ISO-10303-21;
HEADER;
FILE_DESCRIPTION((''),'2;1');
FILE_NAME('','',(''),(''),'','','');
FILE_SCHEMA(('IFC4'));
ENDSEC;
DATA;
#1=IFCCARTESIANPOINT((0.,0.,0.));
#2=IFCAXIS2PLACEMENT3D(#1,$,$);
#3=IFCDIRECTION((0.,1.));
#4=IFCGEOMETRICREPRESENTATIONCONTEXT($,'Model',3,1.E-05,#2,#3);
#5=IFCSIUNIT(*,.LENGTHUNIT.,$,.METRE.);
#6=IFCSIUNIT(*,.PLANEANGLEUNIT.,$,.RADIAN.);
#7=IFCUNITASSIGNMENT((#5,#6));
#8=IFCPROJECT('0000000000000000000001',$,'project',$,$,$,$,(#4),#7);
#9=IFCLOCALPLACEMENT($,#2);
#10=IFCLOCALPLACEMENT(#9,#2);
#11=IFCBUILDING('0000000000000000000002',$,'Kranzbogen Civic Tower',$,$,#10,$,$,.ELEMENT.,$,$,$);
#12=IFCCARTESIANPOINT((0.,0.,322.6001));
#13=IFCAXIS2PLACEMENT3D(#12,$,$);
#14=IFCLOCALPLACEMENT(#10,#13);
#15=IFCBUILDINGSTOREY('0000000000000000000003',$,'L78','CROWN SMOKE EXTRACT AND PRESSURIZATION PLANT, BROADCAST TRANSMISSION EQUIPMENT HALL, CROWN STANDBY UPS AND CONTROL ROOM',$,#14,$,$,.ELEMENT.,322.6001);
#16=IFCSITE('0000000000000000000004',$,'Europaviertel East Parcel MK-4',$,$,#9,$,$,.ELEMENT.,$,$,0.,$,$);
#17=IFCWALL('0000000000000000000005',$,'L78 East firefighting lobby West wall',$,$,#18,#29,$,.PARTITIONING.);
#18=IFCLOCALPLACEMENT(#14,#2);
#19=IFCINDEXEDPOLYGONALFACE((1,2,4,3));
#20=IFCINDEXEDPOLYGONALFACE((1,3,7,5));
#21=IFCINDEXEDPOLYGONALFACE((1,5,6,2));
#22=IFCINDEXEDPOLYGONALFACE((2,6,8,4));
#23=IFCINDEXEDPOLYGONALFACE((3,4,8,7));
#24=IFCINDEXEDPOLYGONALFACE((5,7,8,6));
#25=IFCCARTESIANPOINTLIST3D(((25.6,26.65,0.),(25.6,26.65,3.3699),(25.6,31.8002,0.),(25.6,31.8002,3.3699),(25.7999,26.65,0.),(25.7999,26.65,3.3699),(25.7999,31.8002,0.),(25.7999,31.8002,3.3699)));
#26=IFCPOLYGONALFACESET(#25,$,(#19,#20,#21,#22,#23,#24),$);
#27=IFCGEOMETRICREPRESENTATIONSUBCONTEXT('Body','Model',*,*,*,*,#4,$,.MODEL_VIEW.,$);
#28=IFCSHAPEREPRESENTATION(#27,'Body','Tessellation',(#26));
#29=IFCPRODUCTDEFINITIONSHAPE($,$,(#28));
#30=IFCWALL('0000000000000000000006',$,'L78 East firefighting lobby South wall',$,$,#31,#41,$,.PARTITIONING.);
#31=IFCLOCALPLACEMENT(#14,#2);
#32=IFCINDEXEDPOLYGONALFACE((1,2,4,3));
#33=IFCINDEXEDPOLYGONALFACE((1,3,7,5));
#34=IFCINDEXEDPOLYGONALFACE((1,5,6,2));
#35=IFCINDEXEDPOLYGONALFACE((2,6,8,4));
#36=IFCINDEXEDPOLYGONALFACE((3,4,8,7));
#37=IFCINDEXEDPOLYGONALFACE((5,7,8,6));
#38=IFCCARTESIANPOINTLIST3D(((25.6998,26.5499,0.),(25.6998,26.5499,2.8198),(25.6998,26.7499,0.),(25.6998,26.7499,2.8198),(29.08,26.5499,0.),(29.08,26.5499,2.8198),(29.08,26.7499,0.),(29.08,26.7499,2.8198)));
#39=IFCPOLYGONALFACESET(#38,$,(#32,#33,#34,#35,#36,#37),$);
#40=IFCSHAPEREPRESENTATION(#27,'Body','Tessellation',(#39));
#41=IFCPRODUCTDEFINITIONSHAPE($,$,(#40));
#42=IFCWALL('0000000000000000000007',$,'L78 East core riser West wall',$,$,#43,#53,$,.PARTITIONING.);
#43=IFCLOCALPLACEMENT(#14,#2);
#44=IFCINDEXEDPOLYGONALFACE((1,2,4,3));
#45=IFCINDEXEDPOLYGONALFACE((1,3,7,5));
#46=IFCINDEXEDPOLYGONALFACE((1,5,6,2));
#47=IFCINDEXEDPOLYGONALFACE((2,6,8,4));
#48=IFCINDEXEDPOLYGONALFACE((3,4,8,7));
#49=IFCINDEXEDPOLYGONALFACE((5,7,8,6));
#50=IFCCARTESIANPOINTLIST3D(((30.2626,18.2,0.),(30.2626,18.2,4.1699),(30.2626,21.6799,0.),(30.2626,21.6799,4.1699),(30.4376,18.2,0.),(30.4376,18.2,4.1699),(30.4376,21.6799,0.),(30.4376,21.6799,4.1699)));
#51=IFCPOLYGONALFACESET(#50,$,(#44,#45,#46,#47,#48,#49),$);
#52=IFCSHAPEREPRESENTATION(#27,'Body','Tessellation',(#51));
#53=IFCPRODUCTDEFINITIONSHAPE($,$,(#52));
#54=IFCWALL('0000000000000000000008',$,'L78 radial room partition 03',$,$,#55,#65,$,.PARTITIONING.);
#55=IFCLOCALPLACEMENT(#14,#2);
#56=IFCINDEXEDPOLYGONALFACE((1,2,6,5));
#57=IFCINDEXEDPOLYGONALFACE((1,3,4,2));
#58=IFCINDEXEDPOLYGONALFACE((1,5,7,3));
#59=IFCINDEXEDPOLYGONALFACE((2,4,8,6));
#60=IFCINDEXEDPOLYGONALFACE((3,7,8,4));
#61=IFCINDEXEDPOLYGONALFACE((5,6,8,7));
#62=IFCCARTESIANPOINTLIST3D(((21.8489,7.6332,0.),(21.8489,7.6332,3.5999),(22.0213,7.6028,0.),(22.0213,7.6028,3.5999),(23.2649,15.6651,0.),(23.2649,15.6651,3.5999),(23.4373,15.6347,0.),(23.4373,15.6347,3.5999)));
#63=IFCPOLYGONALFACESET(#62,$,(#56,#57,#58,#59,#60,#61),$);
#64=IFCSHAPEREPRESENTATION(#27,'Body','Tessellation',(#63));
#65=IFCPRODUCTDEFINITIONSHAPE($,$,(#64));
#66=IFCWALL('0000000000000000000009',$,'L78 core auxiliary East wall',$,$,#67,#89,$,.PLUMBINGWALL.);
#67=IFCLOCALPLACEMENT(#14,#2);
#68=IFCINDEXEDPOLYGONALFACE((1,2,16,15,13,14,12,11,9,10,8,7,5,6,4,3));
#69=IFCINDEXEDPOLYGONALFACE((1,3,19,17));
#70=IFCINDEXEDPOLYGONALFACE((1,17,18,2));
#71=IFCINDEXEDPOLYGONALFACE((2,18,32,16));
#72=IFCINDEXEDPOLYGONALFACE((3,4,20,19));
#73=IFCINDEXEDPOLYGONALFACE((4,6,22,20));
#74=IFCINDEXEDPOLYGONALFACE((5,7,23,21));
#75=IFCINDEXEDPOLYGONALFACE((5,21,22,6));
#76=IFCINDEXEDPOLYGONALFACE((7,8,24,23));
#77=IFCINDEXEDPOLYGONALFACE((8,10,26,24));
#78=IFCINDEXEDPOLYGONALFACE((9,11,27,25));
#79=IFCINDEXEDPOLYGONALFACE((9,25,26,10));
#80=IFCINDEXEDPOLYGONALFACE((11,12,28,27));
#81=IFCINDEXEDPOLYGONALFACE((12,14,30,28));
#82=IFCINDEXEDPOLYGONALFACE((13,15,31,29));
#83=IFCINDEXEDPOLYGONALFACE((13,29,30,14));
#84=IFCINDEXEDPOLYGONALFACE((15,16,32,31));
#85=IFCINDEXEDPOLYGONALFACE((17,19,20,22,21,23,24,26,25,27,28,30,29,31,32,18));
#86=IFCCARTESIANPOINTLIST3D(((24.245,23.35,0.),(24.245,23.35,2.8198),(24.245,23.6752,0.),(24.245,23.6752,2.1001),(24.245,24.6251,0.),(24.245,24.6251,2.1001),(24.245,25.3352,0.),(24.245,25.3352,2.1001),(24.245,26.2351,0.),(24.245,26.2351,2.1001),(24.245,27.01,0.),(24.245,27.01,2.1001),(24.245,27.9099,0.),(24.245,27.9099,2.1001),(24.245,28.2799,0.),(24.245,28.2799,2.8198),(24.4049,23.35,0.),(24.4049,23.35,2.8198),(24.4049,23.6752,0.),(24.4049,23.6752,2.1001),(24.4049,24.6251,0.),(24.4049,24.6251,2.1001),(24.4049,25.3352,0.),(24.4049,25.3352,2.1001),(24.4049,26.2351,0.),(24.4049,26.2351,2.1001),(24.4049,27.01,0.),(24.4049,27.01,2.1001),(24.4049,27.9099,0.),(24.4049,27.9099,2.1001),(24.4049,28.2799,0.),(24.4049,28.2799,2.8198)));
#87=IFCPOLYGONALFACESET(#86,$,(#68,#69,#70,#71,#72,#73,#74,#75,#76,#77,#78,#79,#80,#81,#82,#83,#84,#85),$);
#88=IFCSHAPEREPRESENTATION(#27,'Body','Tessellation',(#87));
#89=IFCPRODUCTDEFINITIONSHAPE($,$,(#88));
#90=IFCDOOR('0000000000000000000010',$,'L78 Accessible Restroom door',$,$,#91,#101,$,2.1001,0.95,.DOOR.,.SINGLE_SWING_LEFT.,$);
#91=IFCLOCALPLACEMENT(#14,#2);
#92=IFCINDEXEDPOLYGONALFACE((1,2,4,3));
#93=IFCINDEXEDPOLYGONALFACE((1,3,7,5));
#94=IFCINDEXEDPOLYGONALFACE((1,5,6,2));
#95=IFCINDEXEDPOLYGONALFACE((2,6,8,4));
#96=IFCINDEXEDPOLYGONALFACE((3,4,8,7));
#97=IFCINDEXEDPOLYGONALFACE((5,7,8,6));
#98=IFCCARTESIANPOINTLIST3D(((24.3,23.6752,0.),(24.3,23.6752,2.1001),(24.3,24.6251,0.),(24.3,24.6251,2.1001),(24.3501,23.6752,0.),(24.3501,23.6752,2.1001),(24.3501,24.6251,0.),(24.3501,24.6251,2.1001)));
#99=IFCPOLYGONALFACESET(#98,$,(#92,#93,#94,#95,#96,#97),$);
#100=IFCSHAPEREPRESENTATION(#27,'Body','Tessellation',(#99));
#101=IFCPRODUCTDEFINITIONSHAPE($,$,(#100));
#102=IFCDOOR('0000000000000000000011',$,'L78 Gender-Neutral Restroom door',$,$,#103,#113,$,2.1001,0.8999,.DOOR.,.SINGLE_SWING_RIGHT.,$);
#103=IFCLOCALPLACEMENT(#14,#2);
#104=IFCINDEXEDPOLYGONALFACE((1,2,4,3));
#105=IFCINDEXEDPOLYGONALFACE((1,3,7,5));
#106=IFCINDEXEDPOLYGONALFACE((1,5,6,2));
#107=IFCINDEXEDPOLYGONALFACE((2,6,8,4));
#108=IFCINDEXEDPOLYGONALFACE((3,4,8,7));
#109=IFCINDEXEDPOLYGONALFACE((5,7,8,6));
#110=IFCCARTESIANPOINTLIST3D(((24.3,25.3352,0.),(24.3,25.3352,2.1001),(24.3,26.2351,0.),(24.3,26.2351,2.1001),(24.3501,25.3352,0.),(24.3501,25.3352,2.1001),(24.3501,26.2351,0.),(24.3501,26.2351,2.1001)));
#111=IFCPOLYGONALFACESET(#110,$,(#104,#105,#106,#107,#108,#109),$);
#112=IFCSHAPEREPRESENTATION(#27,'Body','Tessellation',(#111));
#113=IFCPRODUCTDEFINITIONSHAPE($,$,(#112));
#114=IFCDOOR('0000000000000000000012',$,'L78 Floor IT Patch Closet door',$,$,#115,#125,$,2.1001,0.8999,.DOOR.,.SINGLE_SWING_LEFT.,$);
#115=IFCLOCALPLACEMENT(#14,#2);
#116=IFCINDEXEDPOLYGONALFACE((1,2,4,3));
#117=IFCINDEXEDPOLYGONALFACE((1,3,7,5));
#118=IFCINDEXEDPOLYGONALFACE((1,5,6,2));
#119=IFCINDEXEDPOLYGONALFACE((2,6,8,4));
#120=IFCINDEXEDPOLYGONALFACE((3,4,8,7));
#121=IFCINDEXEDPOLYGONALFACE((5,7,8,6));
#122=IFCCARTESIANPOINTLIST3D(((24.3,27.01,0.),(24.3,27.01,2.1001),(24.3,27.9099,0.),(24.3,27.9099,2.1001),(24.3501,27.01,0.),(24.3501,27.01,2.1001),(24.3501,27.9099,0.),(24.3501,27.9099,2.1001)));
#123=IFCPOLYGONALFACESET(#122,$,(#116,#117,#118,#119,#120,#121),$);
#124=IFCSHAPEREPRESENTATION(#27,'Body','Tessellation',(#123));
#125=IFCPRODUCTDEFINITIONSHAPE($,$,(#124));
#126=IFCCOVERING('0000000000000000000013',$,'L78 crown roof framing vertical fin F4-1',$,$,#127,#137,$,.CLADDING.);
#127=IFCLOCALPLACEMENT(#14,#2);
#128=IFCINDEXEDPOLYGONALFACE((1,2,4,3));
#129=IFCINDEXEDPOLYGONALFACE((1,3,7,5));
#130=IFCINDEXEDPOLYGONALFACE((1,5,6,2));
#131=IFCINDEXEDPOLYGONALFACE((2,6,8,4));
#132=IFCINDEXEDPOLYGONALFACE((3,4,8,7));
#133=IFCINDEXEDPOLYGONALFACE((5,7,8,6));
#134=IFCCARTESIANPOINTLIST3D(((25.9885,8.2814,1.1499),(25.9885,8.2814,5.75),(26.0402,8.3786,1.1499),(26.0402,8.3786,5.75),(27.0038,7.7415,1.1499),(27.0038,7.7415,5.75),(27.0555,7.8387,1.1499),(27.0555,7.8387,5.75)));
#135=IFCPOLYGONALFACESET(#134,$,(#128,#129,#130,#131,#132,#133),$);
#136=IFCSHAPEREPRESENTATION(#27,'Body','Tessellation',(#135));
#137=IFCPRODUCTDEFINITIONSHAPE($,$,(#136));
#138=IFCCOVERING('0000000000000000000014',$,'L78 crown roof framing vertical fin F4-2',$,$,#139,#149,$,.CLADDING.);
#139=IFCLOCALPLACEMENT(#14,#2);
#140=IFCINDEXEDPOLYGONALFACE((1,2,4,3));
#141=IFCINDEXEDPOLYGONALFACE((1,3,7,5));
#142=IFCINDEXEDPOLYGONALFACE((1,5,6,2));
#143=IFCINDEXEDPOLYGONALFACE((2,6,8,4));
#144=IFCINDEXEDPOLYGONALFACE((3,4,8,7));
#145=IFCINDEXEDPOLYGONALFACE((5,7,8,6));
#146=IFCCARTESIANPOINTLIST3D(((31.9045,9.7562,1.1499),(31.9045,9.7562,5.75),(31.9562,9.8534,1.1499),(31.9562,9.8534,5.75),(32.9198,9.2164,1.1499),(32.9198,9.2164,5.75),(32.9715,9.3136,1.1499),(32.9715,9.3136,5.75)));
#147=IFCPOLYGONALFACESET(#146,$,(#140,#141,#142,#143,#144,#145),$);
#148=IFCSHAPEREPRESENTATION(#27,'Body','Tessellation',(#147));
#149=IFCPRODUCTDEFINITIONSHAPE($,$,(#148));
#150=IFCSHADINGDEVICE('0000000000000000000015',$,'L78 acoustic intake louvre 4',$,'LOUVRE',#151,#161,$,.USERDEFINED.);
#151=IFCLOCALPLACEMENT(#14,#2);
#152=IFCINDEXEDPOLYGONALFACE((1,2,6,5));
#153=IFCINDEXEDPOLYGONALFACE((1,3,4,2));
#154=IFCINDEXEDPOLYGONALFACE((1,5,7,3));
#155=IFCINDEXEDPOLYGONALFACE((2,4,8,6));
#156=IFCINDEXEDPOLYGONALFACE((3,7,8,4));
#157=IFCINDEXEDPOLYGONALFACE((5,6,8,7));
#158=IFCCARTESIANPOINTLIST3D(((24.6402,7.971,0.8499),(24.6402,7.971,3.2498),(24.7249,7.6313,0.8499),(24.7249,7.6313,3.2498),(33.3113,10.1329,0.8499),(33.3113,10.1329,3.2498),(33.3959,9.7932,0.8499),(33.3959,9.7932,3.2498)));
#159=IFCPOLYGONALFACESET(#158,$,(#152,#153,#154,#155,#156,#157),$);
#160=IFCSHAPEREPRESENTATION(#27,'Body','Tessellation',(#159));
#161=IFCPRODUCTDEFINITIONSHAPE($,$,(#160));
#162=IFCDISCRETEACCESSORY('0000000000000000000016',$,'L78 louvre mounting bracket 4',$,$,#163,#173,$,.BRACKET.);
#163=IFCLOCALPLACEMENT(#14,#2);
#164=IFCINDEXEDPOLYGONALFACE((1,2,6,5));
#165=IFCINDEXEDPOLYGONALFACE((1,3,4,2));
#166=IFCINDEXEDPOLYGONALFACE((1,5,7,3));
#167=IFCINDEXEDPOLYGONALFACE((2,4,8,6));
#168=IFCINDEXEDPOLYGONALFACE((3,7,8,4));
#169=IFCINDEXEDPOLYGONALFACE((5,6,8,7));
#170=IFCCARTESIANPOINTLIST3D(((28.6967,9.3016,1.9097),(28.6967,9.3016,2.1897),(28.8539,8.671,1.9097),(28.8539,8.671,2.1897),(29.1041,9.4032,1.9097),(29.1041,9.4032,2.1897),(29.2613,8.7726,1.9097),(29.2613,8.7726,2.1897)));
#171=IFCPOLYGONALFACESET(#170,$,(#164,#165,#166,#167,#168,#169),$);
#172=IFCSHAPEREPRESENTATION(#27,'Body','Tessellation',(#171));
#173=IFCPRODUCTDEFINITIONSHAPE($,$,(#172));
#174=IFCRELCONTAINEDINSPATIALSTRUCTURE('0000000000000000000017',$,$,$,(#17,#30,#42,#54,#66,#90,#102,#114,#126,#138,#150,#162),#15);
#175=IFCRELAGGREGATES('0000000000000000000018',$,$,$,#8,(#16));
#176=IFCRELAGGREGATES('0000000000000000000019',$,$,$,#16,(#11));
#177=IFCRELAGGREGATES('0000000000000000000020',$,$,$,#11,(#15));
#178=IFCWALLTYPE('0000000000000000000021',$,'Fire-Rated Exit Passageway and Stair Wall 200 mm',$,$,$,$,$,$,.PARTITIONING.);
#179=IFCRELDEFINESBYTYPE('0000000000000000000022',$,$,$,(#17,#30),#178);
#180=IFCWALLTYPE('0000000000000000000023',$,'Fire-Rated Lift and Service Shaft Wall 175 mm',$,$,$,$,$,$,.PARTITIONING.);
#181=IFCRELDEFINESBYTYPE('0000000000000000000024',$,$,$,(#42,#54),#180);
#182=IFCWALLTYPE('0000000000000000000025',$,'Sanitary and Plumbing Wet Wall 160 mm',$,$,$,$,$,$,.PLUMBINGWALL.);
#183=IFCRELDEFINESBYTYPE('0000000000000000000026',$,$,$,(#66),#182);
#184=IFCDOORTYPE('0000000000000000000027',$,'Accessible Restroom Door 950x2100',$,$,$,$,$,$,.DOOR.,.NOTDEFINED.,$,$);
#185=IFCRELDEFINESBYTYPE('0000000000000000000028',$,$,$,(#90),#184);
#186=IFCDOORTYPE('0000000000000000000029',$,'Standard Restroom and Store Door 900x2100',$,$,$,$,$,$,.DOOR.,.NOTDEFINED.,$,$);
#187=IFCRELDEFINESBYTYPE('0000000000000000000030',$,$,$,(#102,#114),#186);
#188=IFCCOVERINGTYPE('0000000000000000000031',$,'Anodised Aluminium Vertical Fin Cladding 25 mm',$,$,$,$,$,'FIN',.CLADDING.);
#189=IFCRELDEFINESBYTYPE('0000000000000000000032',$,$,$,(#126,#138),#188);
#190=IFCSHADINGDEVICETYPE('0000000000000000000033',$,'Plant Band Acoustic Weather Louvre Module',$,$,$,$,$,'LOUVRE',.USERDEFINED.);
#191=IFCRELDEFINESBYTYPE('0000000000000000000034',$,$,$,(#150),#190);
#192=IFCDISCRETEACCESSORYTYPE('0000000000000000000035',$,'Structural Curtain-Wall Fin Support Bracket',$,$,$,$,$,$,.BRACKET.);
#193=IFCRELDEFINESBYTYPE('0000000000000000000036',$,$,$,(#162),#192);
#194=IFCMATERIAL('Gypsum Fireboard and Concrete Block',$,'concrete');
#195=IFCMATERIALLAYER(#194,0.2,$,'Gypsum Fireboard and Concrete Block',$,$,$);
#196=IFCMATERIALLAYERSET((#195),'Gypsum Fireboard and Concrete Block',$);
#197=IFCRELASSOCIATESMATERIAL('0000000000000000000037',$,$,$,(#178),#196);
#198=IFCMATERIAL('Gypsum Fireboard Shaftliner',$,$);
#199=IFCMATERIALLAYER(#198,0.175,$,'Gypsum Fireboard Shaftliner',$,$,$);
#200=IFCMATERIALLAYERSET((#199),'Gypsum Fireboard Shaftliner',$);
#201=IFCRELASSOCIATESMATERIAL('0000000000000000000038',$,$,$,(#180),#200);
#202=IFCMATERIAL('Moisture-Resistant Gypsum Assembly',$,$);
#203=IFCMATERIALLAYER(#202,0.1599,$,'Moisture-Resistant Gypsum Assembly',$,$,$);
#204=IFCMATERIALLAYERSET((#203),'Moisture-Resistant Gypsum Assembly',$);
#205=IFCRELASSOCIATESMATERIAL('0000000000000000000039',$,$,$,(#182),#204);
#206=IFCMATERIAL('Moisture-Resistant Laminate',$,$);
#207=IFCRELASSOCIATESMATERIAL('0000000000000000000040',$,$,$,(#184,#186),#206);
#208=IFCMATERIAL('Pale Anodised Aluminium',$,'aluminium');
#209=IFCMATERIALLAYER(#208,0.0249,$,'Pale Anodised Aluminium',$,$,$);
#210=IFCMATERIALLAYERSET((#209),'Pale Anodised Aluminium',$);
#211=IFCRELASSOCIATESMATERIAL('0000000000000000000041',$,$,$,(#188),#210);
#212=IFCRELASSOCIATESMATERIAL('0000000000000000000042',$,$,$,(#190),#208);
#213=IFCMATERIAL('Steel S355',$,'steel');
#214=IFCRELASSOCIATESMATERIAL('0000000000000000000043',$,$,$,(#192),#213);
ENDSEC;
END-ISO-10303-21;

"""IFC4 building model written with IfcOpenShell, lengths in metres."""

from ifc_helpers import new_model, si_unit, direction, frame, frame_2d, origin, origin_2d, place, context, subcontext, project, spatial, rectangle, extrude, material, layer, layer_set, type_object, element, fill, save


model = new_model("IFC4")

# Units and contexts
model_context = context("Model", 3, precision=1e-05, world=origin(), true_north=direction((0.0, 1.0)))
body_context = subcontext(model_context, "Body", "Model", "MODEL_VIEW")
ifc_project = project(units=[si_unit("LENGTHUNIT", "METRE"), si_unit("PLANEANGLEUNIT", "RADIAN")], contexts=[model_context])

# Site, building, storey
site_placement = place(None, origin())
site = spatial("IfcSite", under=ifc_project, at=site_placement, Name="Europaviertel East Parcel MK-4", CompositionType="ELEMENT", RefElevation=0.0)
building_placement = place(site_placement, origin())
building = spatial("IfcBuilding", under=site, at=building_placement, Name="Kranzbogen Civic Tower", CompositionType="ELEMENT")
storey_placement = place(building_placement, frame((0.0, 0.0, 322.6001)))
storey = spatial("IfcBuildingStorey", under=building, at=storey_placement, Name="L78", Description="CROWN SMOKE EXTRACT AND PRESSURIZATION PLANT, BROADCAST TRANSMISSION EQUIPMENT HALL, CROWN STANDBY UPS AND CONTROL ROOM", CompositionType="ELEMENT", Elevation=322.6001)

# Shared definitions
ifc_material_1 = material(Name="Steel S355", Category="steel")

# Walls
ifc_material_2 = material(Name="Gypsum Fireboard and Concrete Block", Category="concrete")
ifc_layer_1 = layer(ifc_material_2, 0.2, Name="Gypsum Fireboard and Concrete Block")
ifc_layer_set_1 = layer_set([ifc_layer_1], Name="Gypsum Fireboard and Concrete Block")
wall_type_1 = type_object("IfcWallType", Name="Fire-Rated Exit Passageway and Stair Wall 200 mm", PredefinedType="PARTITIONING", material=ifc_layer_set_1)
for number, where, z_axis, x_axis, name in (
    (1, (25.7, 26.6499, 0.0), (0.0, 0.0, 1.0), (0.0, 1.0, 0.0), "L78 East firefighting lobby West wall"),
):
    element("IfcWall", number, at=place(storey_placement, frame(where, z_axis=z_axis, x_axis=x_axis)), inside=storey, type_object=wall_type_1, Name=name, PredefinedType="PARTITIONING", context=body_context, shape_type="SweptSolid", body=[
        extrude(rectangle(XDim=5.1501, YDim=0.2, at=frame_2d((2.5752, 0.0))), origin(), (0.0, 0.0, 1.0), 3.3699),
    ])
wall_1_placement = place(storey_placement, frame((25.7, 26.6499, 0.0), z_axis=(0.0, 0.0, 1.0), x_axis=(1.0, 0.0, 0.0)))
element("IfcWall", 2, at=wall_1_placement, inside=storey, type_object=wall_type_1, Name="L78 East firefighting lobby South wall", PredefinedType="PARTITIONING", context=body_context, shape_type="SweptSolid", body=[
    extrude(rectangle(XDim=3.3801, YDim=0.2, at=frame_2d((1.6899, 0.0))), origin(), (0.0, 0.0, 1.0), 2.8198),
])
ifc_material_3 = material(Name="Gypsum Fireboard Shaftliner")
ifc_layer_2 = layer(ifc_material_3, 0.175, Name="Gypsum Fireboard Shaftliner")
ifc_layer_set_2 = layer_set([ifc_layer_2], Name="Gypsum Fireboard Shaftliner")
wall_type_2 = type_object("IfcWallType", Name="Fire-Rated Lift and Service Shaft Wall 175 mm", PredefinedType="PARTITIONING", material=ifc_layer_set_2)
wall_2_placement = place(storey_placement, frame((30.3501, 18.2, 0.0), z_axis=(0.0, 0.0, 1.0), x_axis=(0.0, 1.0, 0.0)))
element("IfcWall", 3, at=wall_2_placement, inside=storey, type_object=wall_type_2, Name="L78 East core riser West wall", PredefinedType="PARTITIONING", context=body_context, shape_type="SweptSolid", body=[
    extrude(rectangle(XDim=3.48, YDim=0.175, at=frame_2d((1.74, 0.0))), origin(), (0.0, 0.0, 1.0), 4.1699),
])
wall_3_placement = place(storey_placement, frame((23.3511, 15.6499, 0.0), z_axis=(0.0, 0.0, 1.0), x_axis=(-0.17362, -0.984813, 0.0)))
element("IfcWall", 4, at=wall_3_placement, inside=storey, type_object=wall_type_2, Name="L78 radial room partition 03", PredefinedType="PARTITIONING", context=body_context, shape_type="SweptSolid", body=[
    extrude(rectangle(XDim=8.1558, YDim=0.175, at=frame_2d((4.0779, 0.0))), origin(), (0.0, 0.0, 1.0), 3.5999),
])

# Wall, openings, doors
ifc_material_4 = material(Name="Moisture-Resistant Gypsum Assembly")
ifc_layer_3 = layer(ifc_material_4, 0.1599, Name="Moisture-Resistant Gypsum Assembly")
ifc_layer_set_3 = layer_set([ifc_layer_3], Name="Moisture-Resistant Gypsum Assembly")
wall_type_3 = type_object("IfcWallType", Name="Sanitary and Plumbing Wet Wall 160 mm", PredefinedType="PLUMBINGWALL", material=ifc_layer_set_3)
wall_4_placement = place(storey_placement, frame((24.325, 23.3501, 0.0), z_axis=(0.0, 0.0, 1.0), x_axis=(0.0, 1.0, 0.0)))
wall_4 = element("IfcWall", 5, at=wall_4_placement, inside=storey, type_object=wall_type_3, Name="L78 core auxiliary East wall", PredefinedType="PLUMBINGWALL", context=body_context, shape_type="SweptSolid", body=[
    extrude(rectangle(XDim=4.9299, YDim=0.1599, at=frame_2d((2.4648, 0.0))), origin(), (0.0, 0.0, 1.0), 2.8198),
])
opening_1_placement = place(wall_4_placement, frame((0.325, 0.0, 0.0)))
opening_1 = element("IfcOpeningElement", 6, at=opening_1_placement, cuts=wall_4, PredefinedType="OPENING", context=body_context, shape_type="SweptSolid", body=[
    extrude(rectangle(XDim=0.95, YDim=2.1001, at=frame_2d((0.4751, 1.05))), frame((0.0, 0.0898, 0.0), z_axis=(0.0, -1.0, 0.0), x_axis=(1.0, 0.0, 0.0)), (0.0, 0.0, 1.0), 0.1799),
])
opening_2_placement = place(wall_4_placement, frame((1.9851, 0.0, 0.0)))
opening_2 = element("IfcOpeningElement", 7, at=opening_2_placement, cuts=wall_4, PredefinedType="OPENING", context=body_context, shape_type="SweptSolid", body=[
    extrude(rectangle(XDim=0.8999, YDim=2.1001, at=frame_2d((0.45, 1.05))), frame((0.0, 0.0898, 0.0), z_axis=(0.0, -1.0, 0.0), x_axis=(1.0, 0.0, 0.0)), (0.0, 0.0, 1.0), 0.1799),
])
opening_3_placement = place(wall_4_placement, frame((3.6599, 0.0, 0.0)))
opening_3 = element("IfcOpeningElement", 8, at=opening_3_placement, cuts=wall_4, PredefinedType="OPENING", context=body_context, shape_type="SweptSolid", body=[
    extrude(rectangle(XDim=0.8999, YDim=2.1001, at=frame_2d((0.45, 1.05))), frame((0.0, 0.0898, 0.0), z_axis=(0.0, -1.0, 0.0), x_axis=(1.0, 0.0, 0.0)), (0.0, 0.0, 1.0), 0.1799),
])
ifc_material_5 = material(Name="Moisture-Resistant Laminate")
door_type_1 = type_object("IfcDoorType", Name="Accessible Restroom Door 950x2100", OperationType="NOTDEFINED", PredefinedType="DOOR", material=ifc_material_5)
door_1_placement = place(opening_1_placement, origin())
door_1 = element("IfcDoor", 9, at=door_1_placement, inside=storey, type_object=door_type_1, Name="L78 Accessible Restroom door", OperationType="SINGLE_SWING_LEFT", OverallHeight=2.1001, OverallWidth=0.95, PredefinedType="DOOR", context=body_context, shape_type="SweptSolid", body=[
    extrude(rectangle(XDim=0.95, YDim=2.1001, at=frame_2d((0.4751, 1.05))), frame((0.0, 0.0249, 0.0), z_axis=(0.0, -1.0, 0.0), x_axis=(1.0, 0.0, 0.0)), (0.0, 0.0, 1.0), 0.05),
])
fill(opening_1, door_1)
door_type_2 = type_object("IfcDoorType", Name="Standard Restroom and Store Door 900x2100", OperationType="NOTDEFINED", PredefinedType="DOOR", material=ifc_material_5)
door_2_placement = place(opening_2_placement, origin())
door_2 = element("IfcDoor", 10, at=door_2_placement, inside=storey, type_object=door_type_2, Name="L78 Gender-Neutral Restroom door", OperationType="SINGLE_SWING_RIGHT", OverallHeight=2.1001, OverallWidth=0.8999, PredefinedType="DOOR", context=body_context, shape_type="SweptSolid", body=[
    extrude(rectangle(XDim=0.8999, YDim=2.1001, at=frame_2d((0.45, 1.05))), frame((0.0, 0.0249, 0.0), z_axis=(0.0, -1.0, 0.0), x_axis=(1.0, 0.0, 0.0)), (0.0, 0.0, 1.0), 0.05),
])
fill(opening_2, door_2)
door_3_placement = place(opening_3_placement, origin())
door_3 = element("IfcDoor", 11, at=door_3_placement, inside=storey, type_object=door_type_2, Name="L78 Floor IT Patch Closet door", OperationType="SINGLE_SWING_LEFT", OverallHeight=2.1001, OverallWidth=0.8999, PredefinedType="DOOR", context=body_context, shape_type="SweptSolid", body=[
    extrude(rectangle(XDim=0.8999, YDim=2.1001, at=frame_2d((0.45, 1.05))), frame((0.0, 0.0249, 0.0), z_axis=(0.0, -1.0, 0.0), x_axis=(1.0, 0.0, 0.0)), (0.0, 0.0, 1.0), 0.05),
])
fill(opening_3, door_3)

# Coverings
ifc_material_6 = material(Name="Pale Anodised Aluminium", Category="aluminium")
ifc_layer_4 = layer(ifc_material_6, 0.0249, Name="Pale Anodised Aluminium")
ifc_layer_set_4 = layer_set([ifc_layer_4], Name="Pale Anodised Aluminium")
covering_type = type_object("IfcCoveringType", Name="Anodised Aluminium Vertical Fin Cladding 25 mm", ElementType="FIN", PredefinedType="CLADDING", material=ifc_layer_set_4)
for number, where, z_axis, x_axis, name in (
    (12, (26.522, 8.0601, 1.1499), (0.0, 0.0, 1.0), (0.882948, -0.469472, 0.0), "L78 crown roof framing vertical fin F4-1"),
    (13, (32.438, 9.5349, 1.1499), (0.0, 0.0, 1.0), (0.882948, -0.469472, 0.0), "L78 crown roof framing vertical fin F4-2"),
):
    element("IfcCovering", number, at=place(storey_placement, frame(where, z_axis=z_axis, x_axis=x_axis)), inside=storey, type_object=covering_type, Name=name, PredefinedType="CLADDING", context=body_context, shape_type="SweptSolid", body=[
        extrude(rectangle(XDim=1.1499, YDim=0.1101, at=origin_2d()), origin(), (0.0, 0.0, 1.0), 4.6001),
    ])

# Shading device
shading_device_type = type_object("IfcShadingDeviceType", Name="Plant Band Acoustic Weather Louvre Module", ElementType="LOUVRE", PredefinedType="USERDEFINED", material=ifc_material_6)
shading_device_placement = place(storey_placement, frame((29.0181, 8.8821, 0.8499), z_axis=(0.0, 0.0, 1.0), x_axis=(0.970296, 0.241922, 0.0)))
element("IfcShadingDevice", 14, at=shading_device_placement, inside=storey, type_object=shading_device_type, Name="L78 acoustic intake louvre 4", ObjectType="LOUVRE", PredefinedType="USERDEFINED", context=body_context, shape_type="SweptSolid", body=[
    extrude(rectangle(XDim=8.9365, YDim=0.3501, at=origin_2d()), origin(), (0.0, 0.0, 1.0), 2.3999),
])

# Discrete accessory
discrete_accessory_type = type_object("IfcDiscreteAccessoryType", Name="Structural Curtain-Wall Fin Support Bracket", PredefinedType="BRACKET", material=ifc_material_1)
discrete_accessory_placement = place(storey_placement, frame((28.979, 9.0371, 1.9097), z_axis=(0.0, 0.0, 1.0), x_axis=(0.241922, -0.970296, 0.0)))
element("IfcDiscreteAccessory", 15, at=discrete_accessory_placement, inside=storey, type_object=discrete_accessory_type, Name="L78 louvre mounting bracket 4", PredefinedType="BRACKET", context=body_context, shape_type="SweptSolid", body=[
    extrude(rectangle(XDim=0.6499, YDim=0.4199, at=origin_2d()), origin(), (0.0, 0.0, 1.0), 0.28),
])

save(model, "model.ifc")
